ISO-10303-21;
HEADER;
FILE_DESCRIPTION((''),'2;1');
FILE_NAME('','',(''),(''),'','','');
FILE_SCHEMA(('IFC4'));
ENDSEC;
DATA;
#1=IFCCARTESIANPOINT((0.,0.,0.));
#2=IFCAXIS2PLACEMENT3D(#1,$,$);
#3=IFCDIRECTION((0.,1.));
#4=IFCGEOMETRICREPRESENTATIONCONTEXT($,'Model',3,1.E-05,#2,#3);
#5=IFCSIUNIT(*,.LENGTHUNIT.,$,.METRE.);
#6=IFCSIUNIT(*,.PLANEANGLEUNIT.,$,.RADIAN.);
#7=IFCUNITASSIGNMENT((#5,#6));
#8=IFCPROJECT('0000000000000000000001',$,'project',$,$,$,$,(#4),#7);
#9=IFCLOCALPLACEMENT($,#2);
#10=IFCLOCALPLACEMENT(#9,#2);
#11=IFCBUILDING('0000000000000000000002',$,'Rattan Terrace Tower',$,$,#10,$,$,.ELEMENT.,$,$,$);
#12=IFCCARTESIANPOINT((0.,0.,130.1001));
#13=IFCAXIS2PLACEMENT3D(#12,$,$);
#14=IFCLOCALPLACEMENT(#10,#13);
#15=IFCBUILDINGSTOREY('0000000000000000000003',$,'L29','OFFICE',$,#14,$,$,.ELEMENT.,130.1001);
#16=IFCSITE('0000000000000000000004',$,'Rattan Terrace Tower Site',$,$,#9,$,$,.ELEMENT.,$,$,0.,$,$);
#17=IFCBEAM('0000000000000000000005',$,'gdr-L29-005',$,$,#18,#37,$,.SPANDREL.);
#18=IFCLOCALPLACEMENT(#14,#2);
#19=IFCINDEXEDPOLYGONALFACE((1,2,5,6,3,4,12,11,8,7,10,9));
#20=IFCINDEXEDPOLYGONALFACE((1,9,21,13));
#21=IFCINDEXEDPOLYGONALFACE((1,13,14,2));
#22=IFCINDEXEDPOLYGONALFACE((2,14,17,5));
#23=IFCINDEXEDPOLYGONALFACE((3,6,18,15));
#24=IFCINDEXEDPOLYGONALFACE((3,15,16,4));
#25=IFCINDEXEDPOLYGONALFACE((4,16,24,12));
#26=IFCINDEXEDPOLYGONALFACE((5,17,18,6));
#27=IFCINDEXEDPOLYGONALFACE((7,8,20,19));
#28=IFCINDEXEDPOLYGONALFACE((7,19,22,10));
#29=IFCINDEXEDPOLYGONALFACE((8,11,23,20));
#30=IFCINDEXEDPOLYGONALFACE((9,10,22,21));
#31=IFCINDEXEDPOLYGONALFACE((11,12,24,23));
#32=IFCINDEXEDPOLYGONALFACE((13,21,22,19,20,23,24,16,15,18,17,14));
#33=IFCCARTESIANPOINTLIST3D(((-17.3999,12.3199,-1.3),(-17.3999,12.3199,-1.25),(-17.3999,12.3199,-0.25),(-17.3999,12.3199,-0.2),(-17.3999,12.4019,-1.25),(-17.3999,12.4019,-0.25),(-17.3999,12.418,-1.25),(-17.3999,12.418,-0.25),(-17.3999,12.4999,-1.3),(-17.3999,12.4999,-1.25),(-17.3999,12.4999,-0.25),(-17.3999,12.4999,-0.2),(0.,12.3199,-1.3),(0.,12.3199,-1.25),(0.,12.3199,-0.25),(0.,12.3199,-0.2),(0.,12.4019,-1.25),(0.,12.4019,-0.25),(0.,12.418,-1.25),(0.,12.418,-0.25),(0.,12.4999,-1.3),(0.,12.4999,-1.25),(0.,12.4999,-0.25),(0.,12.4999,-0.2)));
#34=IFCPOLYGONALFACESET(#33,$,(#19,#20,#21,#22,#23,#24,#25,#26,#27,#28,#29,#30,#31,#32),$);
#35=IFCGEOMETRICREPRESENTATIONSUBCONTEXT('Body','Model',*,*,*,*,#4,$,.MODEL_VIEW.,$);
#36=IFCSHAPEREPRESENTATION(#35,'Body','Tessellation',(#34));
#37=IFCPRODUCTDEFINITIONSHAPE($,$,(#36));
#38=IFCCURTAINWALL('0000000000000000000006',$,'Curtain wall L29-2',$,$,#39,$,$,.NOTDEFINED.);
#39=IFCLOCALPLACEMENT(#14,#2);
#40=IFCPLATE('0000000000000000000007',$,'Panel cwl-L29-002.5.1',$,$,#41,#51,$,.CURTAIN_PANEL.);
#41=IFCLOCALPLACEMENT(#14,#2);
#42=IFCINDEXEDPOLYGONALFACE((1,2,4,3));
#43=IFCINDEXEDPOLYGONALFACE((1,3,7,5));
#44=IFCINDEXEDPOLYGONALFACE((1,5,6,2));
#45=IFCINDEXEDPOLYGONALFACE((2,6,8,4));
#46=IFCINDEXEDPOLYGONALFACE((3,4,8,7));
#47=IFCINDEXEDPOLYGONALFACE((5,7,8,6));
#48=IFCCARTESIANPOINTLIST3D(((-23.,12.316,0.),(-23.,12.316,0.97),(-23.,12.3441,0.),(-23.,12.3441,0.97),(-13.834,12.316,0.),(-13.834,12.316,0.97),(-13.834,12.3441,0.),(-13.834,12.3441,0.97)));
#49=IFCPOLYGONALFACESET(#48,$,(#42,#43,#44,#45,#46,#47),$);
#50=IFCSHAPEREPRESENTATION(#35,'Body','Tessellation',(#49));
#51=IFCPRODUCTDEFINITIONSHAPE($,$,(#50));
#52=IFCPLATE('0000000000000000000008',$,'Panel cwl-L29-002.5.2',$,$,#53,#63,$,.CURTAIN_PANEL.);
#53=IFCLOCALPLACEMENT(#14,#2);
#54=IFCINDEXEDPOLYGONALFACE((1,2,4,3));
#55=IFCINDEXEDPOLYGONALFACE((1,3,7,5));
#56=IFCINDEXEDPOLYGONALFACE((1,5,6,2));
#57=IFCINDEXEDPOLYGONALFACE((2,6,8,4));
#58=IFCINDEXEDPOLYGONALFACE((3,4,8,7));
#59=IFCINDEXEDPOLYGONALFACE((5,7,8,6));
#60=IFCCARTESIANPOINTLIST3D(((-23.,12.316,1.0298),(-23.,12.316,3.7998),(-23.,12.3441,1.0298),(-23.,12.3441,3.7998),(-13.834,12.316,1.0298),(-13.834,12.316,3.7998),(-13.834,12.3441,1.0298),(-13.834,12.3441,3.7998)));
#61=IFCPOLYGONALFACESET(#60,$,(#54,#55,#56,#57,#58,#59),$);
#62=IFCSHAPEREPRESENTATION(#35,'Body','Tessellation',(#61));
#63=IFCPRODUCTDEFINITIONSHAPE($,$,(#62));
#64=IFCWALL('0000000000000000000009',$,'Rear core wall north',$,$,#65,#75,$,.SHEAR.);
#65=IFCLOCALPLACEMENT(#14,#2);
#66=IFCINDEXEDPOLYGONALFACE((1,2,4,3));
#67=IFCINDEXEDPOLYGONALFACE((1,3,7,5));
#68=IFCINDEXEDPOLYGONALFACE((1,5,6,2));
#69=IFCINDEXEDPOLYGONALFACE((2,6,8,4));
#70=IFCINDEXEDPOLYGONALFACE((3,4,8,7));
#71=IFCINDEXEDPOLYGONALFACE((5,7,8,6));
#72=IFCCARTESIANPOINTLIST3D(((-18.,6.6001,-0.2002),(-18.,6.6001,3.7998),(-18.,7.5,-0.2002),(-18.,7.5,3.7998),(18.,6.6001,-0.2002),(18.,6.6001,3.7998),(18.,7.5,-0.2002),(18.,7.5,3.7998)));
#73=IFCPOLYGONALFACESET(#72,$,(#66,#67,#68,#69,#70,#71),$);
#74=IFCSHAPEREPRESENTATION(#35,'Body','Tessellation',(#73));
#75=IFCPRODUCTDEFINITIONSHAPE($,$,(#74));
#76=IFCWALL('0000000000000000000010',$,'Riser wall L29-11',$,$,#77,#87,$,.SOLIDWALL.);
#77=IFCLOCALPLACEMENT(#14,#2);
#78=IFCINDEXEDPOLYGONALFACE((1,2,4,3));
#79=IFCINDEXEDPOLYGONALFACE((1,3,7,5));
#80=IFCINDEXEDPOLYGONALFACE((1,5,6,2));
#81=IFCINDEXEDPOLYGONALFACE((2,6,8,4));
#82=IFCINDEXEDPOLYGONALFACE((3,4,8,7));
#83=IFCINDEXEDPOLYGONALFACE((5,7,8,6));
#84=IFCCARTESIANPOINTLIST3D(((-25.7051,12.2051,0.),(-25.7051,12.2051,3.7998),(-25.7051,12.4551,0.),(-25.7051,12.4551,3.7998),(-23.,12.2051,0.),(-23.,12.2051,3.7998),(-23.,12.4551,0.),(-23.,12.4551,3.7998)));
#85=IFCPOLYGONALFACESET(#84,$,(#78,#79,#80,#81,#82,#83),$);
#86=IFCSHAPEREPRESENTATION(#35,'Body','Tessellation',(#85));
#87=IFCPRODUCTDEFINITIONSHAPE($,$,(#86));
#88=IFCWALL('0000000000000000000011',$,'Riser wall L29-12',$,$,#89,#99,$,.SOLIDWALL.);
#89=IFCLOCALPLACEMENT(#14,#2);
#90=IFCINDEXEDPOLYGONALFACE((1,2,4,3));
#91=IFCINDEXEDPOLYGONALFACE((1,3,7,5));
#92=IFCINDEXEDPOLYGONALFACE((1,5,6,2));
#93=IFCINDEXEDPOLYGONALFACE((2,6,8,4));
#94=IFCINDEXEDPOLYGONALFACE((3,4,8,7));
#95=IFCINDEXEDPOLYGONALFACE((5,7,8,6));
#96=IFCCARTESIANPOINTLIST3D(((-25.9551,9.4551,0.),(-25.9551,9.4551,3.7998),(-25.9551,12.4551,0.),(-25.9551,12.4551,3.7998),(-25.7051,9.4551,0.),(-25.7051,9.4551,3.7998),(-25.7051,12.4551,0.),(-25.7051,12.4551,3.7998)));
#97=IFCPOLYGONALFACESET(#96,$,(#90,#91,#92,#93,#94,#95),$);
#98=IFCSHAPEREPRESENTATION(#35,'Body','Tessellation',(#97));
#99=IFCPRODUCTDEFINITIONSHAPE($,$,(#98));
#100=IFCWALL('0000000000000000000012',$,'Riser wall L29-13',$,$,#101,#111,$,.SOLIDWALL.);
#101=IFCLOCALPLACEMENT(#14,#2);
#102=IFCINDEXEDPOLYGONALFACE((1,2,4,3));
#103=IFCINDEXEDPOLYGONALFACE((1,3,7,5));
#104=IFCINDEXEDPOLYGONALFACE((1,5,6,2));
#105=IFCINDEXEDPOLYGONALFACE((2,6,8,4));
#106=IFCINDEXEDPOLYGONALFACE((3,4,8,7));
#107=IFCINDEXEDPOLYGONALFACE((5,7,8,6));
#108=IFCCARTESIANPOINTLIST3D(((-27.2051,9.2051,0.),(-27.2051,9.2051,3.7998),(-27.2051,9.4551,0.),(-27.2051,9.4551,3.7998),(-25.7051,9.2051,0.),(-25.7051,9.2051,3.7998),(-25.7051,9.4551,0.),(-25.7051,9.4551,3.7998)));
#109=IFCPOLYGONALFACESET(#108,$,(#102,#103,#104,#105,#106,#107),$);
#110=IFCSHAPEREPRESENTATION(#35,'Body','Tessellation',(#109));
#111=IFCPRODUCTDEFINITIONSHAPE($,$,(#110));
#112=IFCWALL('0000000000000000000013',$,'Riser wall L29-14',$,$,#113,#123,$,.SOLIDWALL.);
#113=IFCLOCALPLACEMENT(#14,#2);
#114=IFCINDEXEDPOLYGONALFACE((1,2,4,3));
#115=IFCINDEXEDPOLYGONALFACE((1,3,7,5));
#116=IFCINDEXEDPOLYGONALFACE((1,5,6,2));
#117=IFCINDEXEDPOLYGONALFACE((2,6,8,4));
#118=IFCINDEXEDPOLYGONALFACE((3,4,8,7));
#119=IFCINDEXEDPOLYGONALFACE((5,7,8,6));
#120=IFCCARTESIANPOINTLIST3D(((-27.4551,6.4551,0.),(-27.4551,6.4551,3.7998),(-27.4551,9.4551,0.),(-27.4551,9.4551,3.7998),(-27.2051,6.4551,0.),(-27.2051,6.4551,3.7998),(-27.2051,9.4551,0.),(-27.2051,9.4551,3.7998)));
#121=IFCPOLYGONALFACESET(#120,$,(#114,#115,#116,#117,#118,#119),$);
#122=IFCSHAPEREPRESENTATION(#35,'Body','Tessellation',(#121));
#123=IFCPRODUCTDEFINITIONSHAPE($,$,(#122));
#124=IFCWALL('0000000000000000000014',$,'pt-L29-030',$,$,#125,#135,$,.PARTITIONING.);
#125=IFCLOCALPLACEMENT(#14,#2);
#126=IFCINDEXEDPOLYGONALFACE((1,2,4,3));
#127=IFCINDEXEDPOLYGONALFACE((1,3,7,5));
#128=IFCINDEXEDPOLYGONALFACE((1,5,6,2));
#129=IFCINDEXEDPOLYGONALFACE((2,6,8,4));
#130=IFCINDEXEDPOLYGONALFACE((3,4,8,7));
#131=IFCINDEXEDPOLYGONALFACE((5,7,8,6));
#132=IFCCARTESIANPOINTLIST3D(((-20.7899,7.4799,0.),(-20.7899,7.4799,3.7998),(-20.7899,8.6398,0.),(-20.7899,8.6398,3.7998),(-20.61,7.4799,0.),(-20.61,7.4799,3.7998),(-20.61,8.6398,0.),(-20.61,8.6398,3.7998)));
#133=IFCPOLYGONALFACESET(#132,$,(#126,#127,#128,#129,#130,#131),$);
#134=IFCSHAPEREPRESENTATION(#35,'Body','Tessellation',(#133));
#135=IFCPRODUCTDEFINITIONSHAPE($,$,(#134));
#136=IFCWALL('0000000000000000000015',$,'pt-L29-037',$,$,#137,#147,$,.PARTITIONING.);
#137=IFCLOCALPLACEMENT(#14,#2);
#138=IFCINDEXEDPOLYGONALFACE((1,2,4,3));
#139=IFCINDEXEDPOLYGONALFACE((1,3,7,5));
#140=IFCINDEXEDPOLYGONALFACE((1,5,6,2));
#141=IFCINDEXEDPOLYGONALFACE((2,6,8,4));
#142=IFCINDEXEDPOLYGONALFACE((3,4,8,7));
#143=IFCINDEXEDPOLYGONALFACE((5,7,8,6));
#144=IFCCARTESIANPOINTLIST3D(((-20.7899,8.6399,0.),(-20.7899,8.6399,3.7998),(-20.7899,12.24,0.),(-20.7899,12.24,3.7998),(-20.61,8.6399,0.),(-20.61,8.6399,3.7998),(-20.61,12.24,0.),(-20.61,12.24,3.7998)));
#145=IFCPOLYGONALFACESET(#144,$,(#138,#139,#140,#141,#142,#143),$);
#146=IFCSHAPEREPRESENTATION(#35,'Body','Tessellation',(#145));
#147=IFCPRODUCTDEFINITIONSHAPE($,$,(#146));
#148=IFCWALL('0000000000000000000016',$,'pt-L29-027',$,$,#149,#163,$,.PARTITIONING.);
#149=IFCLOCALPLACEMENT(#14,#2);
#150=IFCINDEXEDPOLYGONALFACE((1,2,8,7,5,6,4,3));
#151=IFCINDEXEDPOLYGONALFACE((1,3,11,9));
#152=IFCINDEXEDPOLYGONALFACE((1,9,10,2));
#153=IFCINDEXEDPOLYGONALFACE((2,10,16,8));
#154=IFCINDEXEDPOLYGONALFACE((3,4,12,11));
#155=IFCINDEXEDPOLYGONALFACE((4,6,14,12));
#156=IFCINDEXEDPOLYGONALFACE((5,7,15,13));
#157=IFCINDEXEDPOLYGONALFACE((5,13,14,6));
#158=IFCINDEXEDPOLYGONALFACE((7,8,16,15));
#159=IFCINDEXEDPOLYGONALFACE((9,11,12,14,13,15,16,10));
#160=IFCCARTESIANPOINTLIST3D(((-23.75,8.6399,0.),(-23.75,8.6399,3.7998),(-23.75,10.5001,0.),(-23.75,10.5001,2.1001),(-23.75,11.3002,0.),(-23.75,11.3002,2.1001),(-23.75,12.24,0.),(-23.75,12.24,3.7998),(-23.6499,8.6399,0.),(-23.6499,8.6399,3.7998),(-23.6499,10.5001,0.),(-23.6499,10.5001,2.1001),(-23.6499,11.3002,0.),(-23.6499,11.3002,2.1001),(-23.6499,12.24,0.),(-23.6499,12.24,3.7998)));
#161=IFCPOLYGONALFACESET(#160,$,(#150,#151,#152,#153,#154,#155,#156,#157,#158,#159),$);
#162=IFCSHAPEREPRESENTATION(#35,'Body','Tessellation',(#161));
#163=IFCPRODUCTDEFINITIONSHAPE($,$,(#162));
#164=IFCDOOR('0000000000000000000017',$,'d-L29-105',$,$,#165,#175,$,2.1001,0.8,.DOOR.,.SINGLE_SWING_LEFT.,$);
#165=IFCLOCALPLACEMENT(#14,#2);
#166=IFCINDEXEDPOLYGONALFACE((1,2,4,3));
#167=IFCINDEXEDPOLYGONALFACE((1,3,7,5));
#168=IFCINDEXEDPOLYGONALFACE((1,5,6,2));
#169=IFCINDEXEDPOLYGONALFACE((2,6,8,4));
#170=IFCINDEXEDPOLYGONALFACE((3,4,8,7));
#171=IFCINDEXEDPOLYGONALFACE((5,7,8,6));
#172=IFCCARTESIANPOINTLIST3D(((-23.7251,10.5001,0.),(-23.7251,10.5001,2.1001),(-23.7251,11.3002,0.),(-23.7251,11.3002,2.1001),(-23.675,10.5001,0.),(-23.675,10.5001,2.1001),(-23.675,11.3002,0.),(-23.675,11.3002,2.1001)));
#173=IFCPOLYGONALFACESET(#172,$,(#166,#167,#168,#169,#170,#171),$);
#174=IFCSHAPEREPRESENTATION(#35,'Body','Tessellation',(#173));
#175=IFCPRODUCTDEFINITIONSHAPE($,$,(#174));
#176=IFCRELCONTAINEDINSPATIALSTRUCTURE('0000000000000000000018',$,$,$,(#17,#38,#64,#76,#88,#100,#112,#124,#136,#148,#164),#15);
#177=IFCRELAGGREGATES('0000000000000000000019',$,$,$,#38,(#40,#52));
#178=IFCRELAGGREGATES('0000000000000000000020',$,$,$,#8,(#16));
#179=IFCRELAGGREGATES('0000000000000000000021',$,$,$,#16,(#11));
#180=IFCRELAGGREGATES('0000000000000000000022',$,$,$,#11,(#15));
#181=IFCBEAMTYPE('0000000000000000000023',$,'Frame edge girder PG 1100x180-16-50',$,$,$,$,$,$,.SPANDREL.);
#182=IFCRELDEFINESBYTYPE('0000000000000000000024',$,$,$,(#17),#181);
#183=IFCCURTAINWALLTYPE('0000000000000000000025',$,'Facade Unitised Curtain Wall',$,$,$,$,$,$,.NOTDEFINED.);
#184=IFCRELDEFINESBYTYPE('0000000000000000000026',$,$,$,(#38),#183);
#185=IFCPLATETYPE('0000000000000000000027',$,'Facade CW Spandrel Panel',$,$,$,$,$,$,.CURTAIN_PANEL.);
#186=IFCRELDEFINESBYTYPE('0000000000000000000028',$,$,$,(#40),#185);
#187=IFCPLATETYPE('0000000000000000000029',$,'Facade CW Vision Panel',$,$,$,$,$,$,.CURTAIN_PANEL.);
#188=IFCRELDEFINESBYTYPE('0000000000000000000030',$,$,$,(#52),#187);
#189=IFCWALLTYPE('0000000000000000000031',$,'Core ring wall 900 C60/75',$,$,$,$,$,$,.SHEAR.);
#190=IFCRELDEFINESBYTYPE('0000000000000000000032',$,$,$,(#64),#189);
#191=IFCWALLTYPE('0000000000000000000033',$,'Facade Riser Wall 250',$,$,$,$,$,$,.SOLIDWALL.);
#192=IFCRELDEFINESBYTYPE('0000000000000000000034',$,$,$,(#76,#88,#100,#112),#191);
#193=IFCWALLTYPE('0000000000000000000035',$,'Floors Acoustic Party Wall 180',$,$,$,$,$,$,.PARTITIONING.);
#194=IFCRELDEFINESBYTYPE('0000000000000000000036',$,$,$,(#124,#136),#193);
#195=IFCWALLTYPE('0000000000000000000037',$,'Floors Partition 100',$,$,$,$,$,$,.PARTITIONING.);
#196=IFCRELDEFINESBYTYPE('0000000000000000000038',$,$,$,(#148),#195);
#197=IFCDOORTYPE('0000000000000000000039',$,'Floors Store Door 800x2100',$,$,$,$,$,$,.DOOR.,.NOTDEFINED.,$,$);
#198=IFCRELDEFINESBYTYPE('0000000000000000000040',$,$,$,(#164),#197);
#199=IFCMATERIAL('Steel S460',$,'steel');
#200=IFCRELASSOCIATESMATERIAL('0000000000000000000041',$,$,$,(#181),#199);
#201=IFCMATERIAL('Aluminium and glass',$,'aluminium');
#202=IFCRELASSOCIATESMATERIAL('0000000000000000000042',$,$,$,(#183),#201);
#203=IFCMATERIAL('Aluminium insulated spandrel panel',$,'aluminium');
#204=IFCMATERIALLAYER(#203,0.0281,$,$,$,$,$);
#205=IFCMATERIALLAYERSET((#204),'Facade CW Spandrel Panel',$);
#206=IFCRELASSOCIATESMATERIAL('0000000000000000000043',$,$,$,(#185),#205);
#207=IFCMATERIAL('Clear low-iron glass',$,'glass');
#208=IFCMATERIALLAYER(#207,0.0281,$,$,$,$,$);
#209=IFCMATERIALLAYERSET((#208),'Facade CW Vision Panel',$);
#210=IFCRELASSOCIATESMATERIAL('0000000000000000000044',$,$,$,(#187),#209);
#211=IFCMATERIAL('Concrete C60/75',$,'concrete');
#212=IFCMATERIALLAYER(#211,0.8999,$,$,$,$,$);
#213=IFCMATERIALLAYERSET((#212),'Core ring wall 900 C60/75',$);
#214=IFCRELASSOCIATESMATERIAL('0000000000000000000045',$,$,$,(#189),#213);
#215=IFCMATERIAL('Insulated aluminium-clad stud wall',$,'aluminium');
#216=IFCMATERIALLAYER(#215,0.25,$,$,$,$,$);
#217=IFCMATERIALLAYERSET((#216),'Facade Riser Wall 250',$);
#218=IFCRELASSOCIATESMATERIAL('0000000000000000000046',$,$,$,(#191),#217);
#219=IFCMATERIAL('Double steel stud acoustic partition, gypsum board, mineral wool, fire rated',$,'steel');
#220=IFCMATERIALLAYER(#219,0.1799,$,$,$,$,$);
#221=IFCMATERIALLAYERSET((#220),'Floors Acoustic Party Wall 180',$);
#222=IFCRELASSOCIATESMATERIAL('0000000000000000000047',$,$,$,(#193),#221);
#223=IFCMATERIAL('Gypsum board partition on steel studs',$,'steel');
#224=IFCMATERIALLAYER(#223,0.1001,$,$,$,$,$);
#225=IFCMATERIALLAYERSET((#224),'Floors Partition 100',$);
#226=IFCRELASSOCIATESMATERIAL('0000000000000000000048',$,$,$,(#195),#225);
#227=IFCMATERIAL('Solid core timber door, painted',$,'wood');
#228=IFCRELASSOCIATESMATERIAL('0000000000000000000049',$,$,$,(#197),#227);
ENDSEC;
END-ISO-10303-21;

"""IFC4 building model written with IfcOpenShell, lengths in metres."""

from ifc_helpers import new_model, si_unit, direction, frame, frame_2d, origin, origin_2d, place, context, subcontext, project, spatial, rectangle, i_section, extrude, material, layer, layer_set, material_profile, profile_set, type_object, element, fill, aggregate, save


model = new_model("IFC4")

# Units and contexts
model_context = context("Model", 3, precision=1e-05, world=origin(), true_north=direction((0.0, 1.0)))
body_context = subcontext(model_context, "Body", "Model", "MODEL_VIEW")
ifc_project = project(units=[si_unit("LENGTHUNIT", "METRE"), si_unit("PLANEANGLEUNIT", "RADIAN")], contexts=[model_context])

# Site, building, storey
site_placement = place(None, origin())
site = spatial("IfcSite", under=ifc_project, at=site_placement, Name="Rattan Terrace Tower Site", CompositionType="ELEMENT", RefElevation=0.0)
building_placement = place(site_placement, origin())
building = spatial("IfcBuilding", under=site, at=building_placement, Name="Rattan Terrace Tower", CompositionType="ELEMENT")
storey_placement = place(building_placement, frame((0.0, 0.0, 130.1001)))
storey = spatial("IfcBuildingStorey", under=building, at=storey_placement, Name="L29", Description="OFFICE", CompositionType="ELEMENT", Elevation=130.1001)

# Beam
ifc_material_1 = material(Name="Steel S460", Category="steel")
ifc_material_profile = material_profile(ifc_material_1, i_section(OverallWidth=0.1799, OverallDepth=1.1001, WebThickness=0.0161, FlangeThickness=0.05, at=origin_2d()), Name="PG 1100x180-16-50")
ifc_profile_set = profile_set([ifc_material_profile], Name="Steel S460")
beam_type = type_object("IfcBeamType", Name="Frame edge girder PG 1100x180-16-50", PredefinedType="SPANDREL", material=ifc_profile_set)
beam_placement = place(storey_placement, frame((-17.3999, 12.4099, -0.75), z_axis=(1.0, 0.0, 0.0), x_axis=(0.0, 1.0, 0.0)))
element("IfcBeam", 1, at=beam_placement, inside=storey, type_object=beam_type, Name="gdr-L29-005", PredefinedType="SPANDREL", context=body_context, shape_type="SweptSolid", body=[
    extrude(i_section(OverallWidth=0.1799, OverallDepth=1.1001, WebThickness=0.0161, FlangeThickness=0.05, at=origin_2d()), origin(), (0.0, 0.0, 1.0), 17.3999),
])

# Curtain wall, plates
ifc_material_2 = material(Name="Aluminium and glass", Category="aluminium")
curtain_wall_type = type_object("IfcCurtainWallType", Name="Facade Unitised Curtain Wall", PredefinedType="NOTDEFINED", material=ifc_material_2)
curtain_wall_placement = place(storey_placement, origin())
curtain_wall = element("IfcCurtainWall", 2, at=curtain_wall_placement, inside=storey, type_object=curtain_wall_type, Name="Curtain wall L29-2", PredefinedType="NOTDEFINED")
ifc_material_3 = material(Name="Aluminium insulated spandrel panel", Category="aluminium")
ifc_layer_1 = layer(ifc_material_3, 0.0281)
ifc_layer_set_1 = layer_set([ifc_layer_1], Name="Facade CW Spandrel Panel")
plate_type_1 = type_object("IfcPlateType", Name="Facade CW Spandrel Panel", PredefinedType="CURTAIN_PANEL", material=ifc_layer_set_1)
plate_1_placement = place(storey_placement, frame((-18.417, 12.3301, 0.0), z_axis=(0.0, 0.0, 1.0), x_axis=(-1.0, 0.0, 0.0)))
plate_1 = element("IfcPlate", 3, at=plate_1_placement, type_object=plate_type_1, Name="Panel cwl-L29-002.5.1", PredefinedType="CURTAIN_PANEL", context=body_context, shape_type="SweptSolid", body=[
    extrude(rectangle(XDim=9.166, YDim=0.0281, at=origin_2d()), origin(), (0.0, 0.0, 1.0), 0.97),
])
ifc_material_4 = material(Name="Clear low-iron glass", Category="glass")
ifc_layer_2 = layer(ifc_material_4, 0.0281)
ifc_layer_set_2 = layer_set([ifc_layer_2], Name="Facade CW Vision Panel")
plate_type_2 = type_object("IfcPlateType", Name="Facade CW Vision Panel", PredefinedType="CURTAIN_PANEL", material=ifc_layer_set_2)
plate_2_placement = place(storey_placement, frame((-18.417, 12.3301, 1.0298), z_axis=(0.0, 0.0, 1.0), x_axis=(-1.0, 0.0, 0.0)))
plate_2 = element("IfcPlate", 4, at=plate_2_placement, type_object=plate_type_2, Name="Panel cwl-L29-002.5.2", PredefinedType="CURTAIN_PANEL", context=body_context, shape_type="SweptSolid", body=[
    extrude(rectangle(XDim=9.166, YDim=0.0281, at=origin_2d()), origin(), (0.0, 0.0, 1.0), 2.77),
])
aggregate(curtain_wall, [plate_1, plate_2])

# Walls
ifc_material_5 = material(Name="Concrete C60/75", Category="concrete")
ifc_layer_3 = layer(ifc_material_5, 0.8999)
ifc_layer_set_3 = layer_set([ifc_layer_3], Name="Core ring wall 900 C60/75")
wall_type_1 = type_object("IfcWallType", Name="Core ring wall 900 C60/75", PredefinedType="SHEAR", material=ifc_layer_set_3)
wall_1_placement = place(storey_placement, frame((-18.0, 7.05, -0.2002), z_axis=(0.0, 0.0, 1.0), x_axis=(1.0, 0.0, 0.0)))
element("IfcWall", 5, at=wall_1_placement, inside=storey, type_object=wall_type_1, Name="Rear core wall north", PredefinedType="SHEAR", context=body_context, shape_type="SweptSolid", body=[
    extrude(rectangle(XDim=36.0, YDim=0.8999, at=frame_2d((18.0, 0.0))), origin(), (0.0, 0.0, 1.0), 4.0),
])
ifc_material_6 = material(Name="Insulated aluminium-clad stud wall", Category="aluminium")
ifc_layer_4 = layer(ifc_material_6, 0.25)
ifc_layer_set_4 = layer_set([ifc_layer_4], Name="Facade Riser Wall 250")
wall_type_2 = type_object("IfcWallType", Name="Facade Riser Wall 250", PredefinedType="SOLIDWALL", material=ifc_layer_set_4)
wall_2_placement = place(storey_placement, frame((-23.0, 12.3301, 0.0), z_axis=(0.0, 0.0, 1.0), x_axis=(-1.0, 0.0, 0.0)))
element("IfcWall", 6, at=wall_2_placement, inside=storey, type_object=wall_type_2, Name="Riser wall L29-11", PredefinedType="SOLIDWALL", context=body_context, shape_type="SweptSolid", body=[
    extrude(rectangle(XDim=2.7051, YDim=0.25, at=frame_2d((1.3525, 0.0))), origin(), (0.0, 0.0, 1.0), 3.7998),
])
wall_3_placement = place(storey_placement, frame((-25.8301, 12.4551, 0.0), z_axis=(0.0, 0.0, 1.0), x_axis=(0.0, -1.0, 0.0)))
element("IfcWall", 7, at=wall_3_placement, inside=storey, type_object=wall_type_2, Name="Riser wall L29-12", PredefinedType="SOLIDWALL", context=body_context, shape_type="SweptSolid", body=[
    extrude(rectangle(XDim=3.0, YDim=0.25, at=frame_2d((1.5, 0.0))), origin(), (0.0, 0.0, 1.0), 3.7998),
])
wall_4_placement = place(storey_placement, frame((-25.7051, 9.3301, 0.0), z_axis=(0.0, 0.0, 1.0), x_axis=(-1.0, 0.0, 0.0)))
element("IfcWall", 8, at=wall_4_placement, inside=storey, type_object=wall_type_2, Name="Riser wall L29-13", PredefinedType="SOLIDWALL", context=body_context, shape_type="SweptSolid", body=[
    extrude(rectangle(XDim=1.5, YDim=0.25, at=frame_2d((0.75, 0.0))), origin(), (0.0, 0.0, 1.0), 3.7998),
])
wall_5_placement = place(storey_placement, frame((-27.3301, 9.4551, 0.0), z_axis=(0.0, 0.0, 1.0), x_axis=(0.0, -1.0, 0.0)))
element("IfcWall", 9, at=wall_5_placement, inside=storey, type_object=wall_type_2, Name="Riser wall L29-14", PredefinedType="SOLIDWALL", context=body_context, shape_type="SweptSolid", body=[
    extrude(rectangle(XDim=3.0, YDim=0.25, at=frame_2d((1.5, 0.0))), origin(), (0.0, 0.0, 1.0), 3.7998),
])
ifc_material_7 = material(Name="Double steel stud acoustic partition, gypsum board, mineral wool, fire rated", Category="steel")
ifc_layer_5 = layer(ifc_material_7, 0.1799)
ifc_layer_set_5 = layer_set([ifc_layer_5], Name="Floors Acoustic Party Wall 180")
wall_type_3 = type_object("IfcWallType", Name="Floors Acoustic Party Wall 180", PredefinedType="PARTITIONING", material=ifc_layer_set_5)
wall_6_placement = place(storey_placement, frame((-20.7, 8.6399, 0.0), z_axis=(0.0, 0.0, 1.0), x_axis=(0.0, -1.0, 0.0)))
element("IfcWall", 10, at=wall_6_placement, inside=storey, type_object=wall_type_3, Name="pt-L29-030", PredefinedType="PARTITIONING", context=body_context, shape_type="SweptSolid", body=[
    extrude(rectangle(XDim=1.1599, YDim=0.1799, at=frame_2d((0.5801, 0.0))), origin(), (0.0, 0.0, 1.0), 3.7998),
])
wall_7_placement = place(storey_placement, frame((-20.7, 12.24, 0.0), z_axis=(0.0, 0.0, 1.0), x_axis=(0.0, -1.0, 0.0)))
element("IfcWall", 11, at=wall_7_placement, inside=storey, type_object=wall_type_3, Name="pt-L29-037", PredefinedType="PARTITIONING", context=body_context, shape_type="SweptSolid", body=[
    extrude(rectangle(XDim=3.6001, YDim=0.1799, at=frame_2d((1.8, 0.0))), origin(), (0.0, 0.0, 1.0), 3.7998),
])

# Wall, opening, door
ifc_material_8 = material(Name="Gypsum board partition on steel studs", Category="steel")
ifc_layer_6 = layer(ifc_material_8, 0.1001)
ifc_layer_set_6 = layer_set([ifc_layer_6], Name="Floors Partition 100")
wall_type_4 = type_object("IfcWallType", Name="Floors Partition 100", PredefinedType="PARTITIONING", material=ifc_layer_set_6)
wall_8_placement = place(storey_placement, frame((-23.7, 12.24, 0.0), z_axis=(0.0, 0.0, 1.0), x_axis=(0.0, -1.0, 0.0)))
wall_8 = element("IfcWall", 12, at=wall_8_placement, inside=storey, type_object=wall_type_4, Name="pt-L29-027", PredefinedType="PARTITIONING", context=body_context, shape_type="SweptSolid", body=[
    extrude(rectangle(XDim=3.6001, YDim=0.1001, at=frame_2d((1.8, 0.0))), origin(), (0.0, 0.0, 1.0), 3.7998),
])
opening_1_placement = place(wall_8_placement, frame((0.9399, 0.0, 0.0)))
opening_1 = element("IfcOpeningElement", 13, at=opening_1_placement, cuts=wall_8, PredefinedType="OPENING", context=body_context, shape_type="SweptSolid", body=[
    extrude(rectangle(XDim=0.8, YDim=2.1001, at=frame_2d((0.3999, 1.05))), frame((0.0, 0.0605, 0.0), z_axis=(0.0, -1.0, 0.0), x_axis=(1.0, 0.0, 0.0)), (0.0, 0.0, 1.0), 0.1211),
])
ifc_material_9 = material(Name="Solid core timber door, painted", Category="wood")
door_type_1 = type_object("IfcDoorType", Name="Floors Store Door 800x2100", OperationType="NOTDEFINED", PredefinedType="DOOR", material=ifc_material_9)
door_1_placement = place(opening_1_placement, origin())
door_1 = element("IfcDoor", 14, at=door_1_placement, inside=storey, type_object=door_type_1, Name="d-L29-105", OperationType="SINGLE_SWING_LEFT", OverallHeight=2.1001, OverallWidth=0.8, PredefinedType="DOOR", context=body_context, shape_type="SweptSolid", body=[
    extrude(rectangle(XDim=0.8, YDim=2.1001, at=frame_2d((0.3999, 1.05))), frame((0.0, 0.0249, 0.0), z_axis=(0.0, -1.0, 0.0), x_axis=(1.0, 0.0, 0.0)), (0.0, 0.0, 1.0), 0.05),
])
fill(opening_1, door_1)

save(model, "model.ifc")
